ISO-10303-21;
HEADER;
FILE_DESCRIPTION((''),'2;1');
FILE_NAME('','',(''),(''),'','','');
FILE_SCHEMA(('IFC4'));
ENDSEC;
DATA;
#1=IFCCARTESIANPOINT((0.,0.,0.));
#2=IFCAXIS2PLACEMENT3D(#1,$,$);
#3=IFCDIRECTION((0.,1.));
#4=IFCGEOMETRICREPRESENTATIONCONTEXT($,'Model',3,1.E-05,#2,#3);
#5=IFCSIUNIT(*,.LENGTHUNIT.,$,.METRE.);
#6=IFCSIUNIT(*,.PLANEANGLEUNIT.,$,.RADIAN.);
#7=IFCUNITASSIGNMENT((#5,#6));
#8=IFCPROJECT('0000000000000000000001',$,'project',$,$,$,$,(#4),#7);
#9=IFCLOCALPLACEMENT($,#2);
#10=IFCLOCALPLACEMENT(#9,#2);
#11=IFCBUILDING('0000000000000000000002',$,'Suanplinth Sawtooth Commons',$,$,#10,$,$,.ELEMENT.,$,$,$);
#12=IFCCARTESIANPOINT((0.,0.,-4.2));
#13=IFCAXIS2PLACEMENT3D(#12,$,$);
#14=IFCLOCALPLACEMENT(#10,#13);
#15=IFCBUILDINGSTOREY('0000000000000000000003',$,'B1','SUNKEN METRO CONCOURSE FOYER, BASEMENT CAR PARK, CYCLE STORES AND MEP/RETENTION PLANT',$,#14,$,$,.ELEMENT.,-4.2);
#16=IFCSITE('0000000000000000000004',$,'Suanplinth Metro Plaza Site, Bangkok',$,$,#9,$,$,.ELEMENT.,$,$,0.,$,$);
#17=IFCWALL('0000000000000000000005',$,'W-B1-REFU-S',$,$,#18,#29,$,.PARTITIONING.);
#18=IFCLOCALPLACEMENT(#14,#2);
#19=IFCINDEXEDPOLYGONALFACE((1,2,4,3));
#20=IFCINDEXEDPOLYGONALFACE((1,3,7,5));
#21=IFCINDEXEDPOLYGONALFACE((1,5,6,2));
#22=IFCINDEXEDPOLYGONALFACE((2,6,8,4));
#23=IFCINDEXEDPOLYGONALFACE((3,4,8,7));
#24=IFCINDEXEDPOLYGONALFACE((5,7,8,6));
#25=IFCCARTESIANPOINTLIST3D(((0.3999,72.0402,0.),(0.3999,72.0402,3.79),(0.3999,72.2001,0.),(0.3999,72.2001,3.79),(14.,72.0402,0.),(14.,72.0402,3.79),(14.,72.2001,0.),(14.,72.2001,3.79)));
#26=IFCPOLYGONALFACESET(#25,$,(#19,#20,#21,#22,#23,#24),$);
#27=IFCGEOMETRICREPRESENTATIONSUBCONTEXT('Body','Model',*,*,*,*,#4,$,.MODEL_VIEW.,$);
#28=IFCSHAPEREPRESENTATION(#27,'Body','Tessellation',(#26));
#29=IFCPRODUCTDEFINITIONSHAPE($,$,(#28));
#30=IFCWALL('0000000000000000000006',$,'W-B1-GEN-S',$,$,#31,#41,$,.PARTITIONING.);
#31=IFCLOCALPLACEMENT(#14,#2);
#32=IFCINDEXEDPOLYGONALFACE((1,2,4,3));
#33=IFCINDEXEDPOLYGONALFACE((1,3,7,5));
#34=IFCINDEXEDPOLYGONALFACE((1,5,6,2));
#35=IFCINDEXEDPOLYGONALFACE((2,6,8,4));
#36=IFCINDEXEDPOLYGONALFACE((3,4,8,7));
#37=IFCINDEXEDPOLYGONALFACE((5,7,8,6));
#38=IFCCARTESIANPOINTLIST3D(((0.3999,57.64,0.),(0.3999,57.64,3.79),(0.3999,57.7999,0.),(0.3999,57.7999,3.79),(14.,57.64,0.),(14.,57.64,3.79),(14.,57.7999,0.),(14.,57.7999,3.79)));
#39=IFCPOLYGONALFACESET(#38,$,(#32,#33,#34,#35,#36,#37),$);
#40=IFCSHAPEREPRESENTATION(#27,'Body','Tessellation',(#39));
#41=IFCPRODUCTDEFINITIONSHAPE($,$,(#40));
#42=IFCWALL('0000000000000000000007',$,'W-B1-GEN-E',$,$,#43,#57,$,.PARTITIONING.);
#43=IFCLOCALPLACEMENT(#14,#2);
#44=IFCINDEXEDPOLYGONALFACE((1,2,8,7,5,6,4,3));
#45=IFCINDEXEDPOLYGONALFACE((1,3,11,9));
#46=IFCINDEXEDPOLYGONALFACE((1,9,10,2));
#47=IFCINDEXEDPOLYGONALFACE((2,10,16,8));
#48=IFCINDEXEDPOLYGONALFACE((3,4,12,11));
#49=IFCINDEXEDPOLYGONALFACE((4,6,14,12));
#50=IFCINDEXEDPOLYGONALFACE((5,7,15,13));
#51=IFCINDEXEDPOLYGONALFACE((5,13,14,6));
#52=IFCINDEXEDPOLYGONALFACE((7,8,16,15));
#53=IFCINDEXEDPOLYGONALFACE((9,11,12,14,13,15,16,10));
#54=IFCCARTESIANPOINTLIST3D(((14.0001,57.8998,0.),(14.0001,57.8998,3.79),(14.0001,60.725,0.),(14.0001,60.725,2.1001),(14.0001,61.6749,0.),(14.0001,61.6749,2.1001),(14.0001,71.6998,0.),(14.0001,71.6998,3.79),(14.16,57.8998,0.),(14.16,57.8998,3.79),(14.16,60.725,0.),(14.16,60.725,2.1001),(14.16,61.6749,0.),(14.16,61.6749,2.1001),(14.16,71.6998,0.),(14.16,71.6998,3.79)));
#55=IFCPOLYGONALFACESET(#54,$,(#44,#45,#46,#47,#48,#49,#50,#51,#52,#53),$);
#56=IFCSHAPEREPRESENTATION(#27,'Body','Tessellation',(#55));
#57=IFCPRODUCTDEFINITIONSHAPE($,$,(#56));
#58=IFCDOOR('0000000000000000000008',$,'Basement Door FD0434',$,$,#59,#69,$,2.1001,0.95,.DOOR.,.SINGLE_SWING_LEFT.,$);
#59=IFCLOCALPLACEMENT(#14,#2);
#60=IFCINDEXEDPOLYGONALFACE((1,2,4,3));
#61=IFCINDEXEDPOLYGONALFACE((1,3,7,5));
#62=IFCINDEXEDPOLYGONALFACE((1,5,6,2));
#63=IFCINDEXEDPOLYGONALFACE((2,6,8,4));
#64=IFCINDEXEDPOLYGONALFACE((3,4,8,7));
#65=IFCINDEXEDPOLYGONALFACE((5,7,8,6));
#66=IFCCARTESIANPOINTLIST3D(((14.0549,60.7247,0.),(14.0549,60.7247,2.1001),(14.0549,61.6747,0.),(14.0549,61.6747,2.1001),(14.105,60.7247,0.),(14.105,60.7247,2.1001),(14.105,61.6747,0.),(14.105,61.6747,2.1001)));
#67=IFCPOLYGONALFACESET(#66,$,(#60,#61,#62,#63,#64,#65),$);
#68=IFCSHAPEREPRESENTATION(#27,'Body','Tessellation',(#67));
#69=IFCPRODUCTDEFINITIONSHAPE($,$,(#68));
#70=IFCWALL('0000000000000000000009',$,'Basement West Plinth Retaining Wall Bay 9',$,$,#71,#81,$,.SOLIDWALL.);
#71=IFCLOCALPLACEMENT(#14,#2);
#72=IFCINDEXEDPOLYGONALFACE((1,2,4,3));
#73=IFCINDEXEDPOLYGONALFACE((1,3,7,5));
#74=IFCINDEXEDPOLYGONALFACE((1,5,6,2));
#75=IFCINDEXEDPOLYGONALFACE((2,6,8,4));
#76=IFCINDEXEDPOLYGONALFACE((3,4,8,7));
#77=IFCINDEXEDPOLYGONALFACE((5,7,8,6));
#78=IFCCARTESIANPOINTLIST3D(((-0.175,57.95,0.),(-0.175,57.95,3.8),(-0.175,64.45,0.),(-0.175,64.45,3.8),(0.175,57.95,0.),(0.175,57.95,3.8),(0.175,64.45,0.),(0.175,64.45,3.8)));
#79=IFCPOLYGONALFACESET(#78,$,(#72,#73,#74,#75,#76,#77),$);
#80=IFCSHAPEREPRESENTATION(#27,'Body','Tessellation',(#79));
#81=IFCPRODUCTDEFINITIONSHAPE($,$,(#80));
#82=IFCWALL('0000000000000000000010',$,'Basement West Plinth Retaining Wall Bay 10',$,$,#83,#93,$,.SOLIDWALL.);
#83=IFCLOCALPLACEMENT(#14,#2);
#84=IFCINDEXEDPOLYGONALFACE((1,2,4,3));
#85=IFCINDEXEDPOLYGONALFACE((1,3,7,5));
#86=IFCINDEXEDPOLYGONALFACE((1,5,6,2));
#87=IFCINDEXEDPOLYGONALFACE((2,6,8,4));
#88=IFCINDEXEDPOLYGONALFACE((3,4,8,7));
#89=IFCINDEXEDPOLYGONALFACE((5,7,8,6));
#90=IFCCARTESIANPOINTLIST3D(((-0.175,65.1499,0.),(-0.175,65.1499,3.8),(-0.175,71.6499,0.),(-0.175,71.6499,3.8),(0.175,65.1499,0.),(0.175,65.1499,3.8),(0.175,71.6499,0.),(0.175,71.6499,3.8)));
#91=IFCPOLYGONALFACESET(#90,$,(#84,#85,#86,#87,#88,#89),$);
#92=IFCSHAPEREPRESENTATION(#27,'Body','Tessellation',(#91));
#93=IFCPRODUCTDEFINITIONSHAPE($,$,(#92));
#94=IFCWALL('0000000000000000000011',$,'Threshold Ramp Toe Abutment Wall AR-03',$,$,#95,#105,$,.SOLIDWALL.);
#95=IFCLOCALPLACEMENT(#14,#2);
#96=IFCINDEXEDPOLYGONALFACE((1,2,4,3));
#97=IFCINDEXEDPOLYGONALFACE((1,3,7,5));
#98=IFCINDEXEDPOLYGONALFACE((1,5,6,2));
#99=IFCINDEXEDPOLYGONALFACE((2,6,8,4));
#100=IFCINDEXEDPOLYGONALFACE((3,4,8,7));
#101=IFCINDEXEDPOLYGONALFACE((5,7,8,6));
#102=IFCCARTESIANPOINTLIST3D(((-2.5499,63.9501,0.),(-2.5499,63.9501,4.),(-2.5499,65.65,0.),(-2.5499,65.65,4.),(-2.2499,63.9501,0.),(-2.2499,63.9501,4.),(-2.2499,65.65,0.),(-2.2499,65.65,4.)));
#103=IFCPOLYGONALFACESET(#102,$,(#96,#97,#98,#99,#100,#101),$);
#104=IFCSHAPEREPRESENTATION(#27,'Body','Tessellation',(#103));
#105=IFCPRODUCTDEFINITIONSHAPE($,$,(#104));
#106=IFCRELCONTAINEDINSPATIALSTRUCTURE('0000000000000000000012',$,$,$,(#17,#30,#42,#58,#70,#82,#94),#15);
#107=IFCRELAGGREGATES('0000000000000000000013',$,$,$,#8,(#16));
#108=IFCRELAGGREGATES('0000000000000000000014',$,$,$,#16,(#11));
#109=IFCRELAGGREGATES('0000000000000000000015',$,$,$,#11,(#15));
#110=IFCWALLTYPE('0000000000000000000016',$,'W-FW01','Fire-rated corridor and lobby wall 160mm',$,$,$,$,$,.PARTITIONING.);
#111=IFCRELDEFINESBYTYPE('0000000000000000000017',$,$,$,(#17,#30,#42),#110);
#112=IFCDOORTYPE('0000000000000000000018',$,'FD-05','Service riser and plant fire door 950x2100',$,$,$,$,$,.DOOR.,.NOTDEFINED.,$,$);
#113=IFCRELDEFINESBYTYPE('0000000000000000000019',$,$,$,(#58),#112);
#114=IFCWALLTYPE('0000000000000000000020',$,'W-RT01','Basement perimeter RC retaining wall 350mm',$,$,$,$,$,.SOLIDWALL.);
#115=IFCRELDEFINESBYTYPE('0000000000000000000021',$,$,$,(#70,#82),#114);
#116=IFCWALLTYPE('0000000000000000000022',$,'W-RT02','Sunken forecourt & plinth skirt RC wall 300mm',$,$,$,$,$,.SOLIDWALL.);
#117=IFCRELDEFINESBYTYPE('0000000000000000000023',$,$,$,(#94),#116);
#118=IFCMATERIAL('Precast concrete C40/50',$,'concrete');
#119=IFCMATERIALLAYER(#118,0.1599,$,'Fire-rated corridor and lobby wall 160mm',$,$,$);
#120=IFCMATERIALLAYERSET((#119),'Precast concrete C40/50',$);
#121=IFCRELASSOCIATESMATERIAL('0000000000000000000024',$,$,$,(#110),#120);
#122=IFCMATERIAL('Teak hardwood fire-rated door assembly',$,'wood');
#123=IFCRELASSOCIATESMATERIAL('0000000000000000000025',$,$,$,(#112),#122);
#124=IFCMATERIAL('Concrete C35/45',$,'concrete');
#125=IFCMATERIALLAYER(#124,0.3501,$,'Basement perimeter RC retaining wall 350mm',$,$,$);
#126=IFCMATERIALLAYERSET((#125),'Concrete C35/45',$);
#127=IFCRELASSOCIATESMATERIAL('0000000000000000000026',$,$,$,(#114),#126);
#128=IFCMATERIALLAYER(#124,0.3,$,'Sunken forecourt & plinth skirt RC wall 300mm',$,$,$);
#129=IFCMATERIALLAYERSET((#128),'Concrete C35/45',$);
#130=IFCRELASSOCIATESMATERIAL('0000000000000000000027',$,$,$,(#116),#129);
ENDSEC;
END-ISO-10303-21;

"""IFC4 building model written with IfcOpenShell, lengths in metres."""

from ifc_helpers import new_model, si_unit, direction, frame, frame_2d, origin, place, context, subcontext, project, spatial, rectangle, extrude, material, layer, layer_set, type_object, element, fill, save


model = new_model("IFC4")

# Units and contexts
model_context = context("Model", 3, precision=1e-05, world=origin(), true_north=direction((0.0, 1.0)))
body_context = subcontext(model_context, "Body", "Model", "MODEL_VIEW")
ifc_project = project(units=[si_unit("LENGTHUNIT", "METRE"), si_unit("PLANEANGLEUNIT", "RADIAN")], contexts=[model_context])

# Site, building, storey
site_placement = place(None, origin())
site = spatial("IfcSite", under=ifc_project, at=site_placement, Name="Suanplinth Metro Plaza Site, Bangkok", CompositionType="ELEMENT", RefElevation=0.0)
building_placement = place(site_placement, origin())
building = spatial("IfcBuilding", under=site, at=building_placement, Name="Suanplinth Sawtooth Commons", CompositionType="ELEMENT")
storey_placement = place(building_placement, frame((0.0, 0.0, -4.2)))
storey = spatial("IfcBuildingStorey", under=building, at=storey_placement, Name="B1", Description="SUNKEN METRO CONCOURSE FOYER, BASEMENT CAR PARK, CYCLE STORES AND MEP/RETENTION PLANT", CompositionType="ELEMENT", Elevation=-4.2)

# Shared definitions
ifc_material_1 = material(Name="Concrete C35/45", Category="concrete")

# Walls
ifc_material_2 = material(Name="Precast concrete C40/50", Category="concrete")
ifc_layer_1 = layer(ifc_material_2, 0.1599, Name="Fire-rated corridor and lobby wall 160mm")
ifc_layer_set_1 = layer_set([ifc_layer_1], Name="Precast concrete C40/50")
wall_type_1 = type_object("IfcWallType", Name="W-FW01", Description="Fire-rated corridor and lobby wall 160mm", PredefinedType="PARTITIONING", material=ifc_layer_set_1)
for number, where, z_axis, x_axis, name in (
    (1, (0.3999, 72.1201, 0.0), (0.0, 0.0, 1.0), (1.0, 0.0, 0.0), "W-B1-REFU-S"),
    (2, (0.3999, 57.72, 0.0), (0.0, 0.0, 1.0), (1.0, 0.0, 0.0), "W-B1-GEN-S"),
):
    element("IfcWall", number, at=place(storey_placement, frame(where, z_axis=z_axis, x_axis=x_axis)), inside=storey, type_object=wall_type_1, Name=name, PredefinedType="PARTITIONING", context=body_context, shape_type="SweptSolid", body=[
        extrude(rectangle(XDim=13.6001, YDim=0.1599, at=frame_2d((6.8, 0.0))), origin(), (0.0, 0.0, 1.0), 3.79),
    ])

# Wall, opening, door
wall_1_placement = place(storey_placement, frame((14.0801, 57.8999, 0.0), z_axis=(0.0, 0.0, 1.0), x_axis=(0.0, 1.0, 0.0)))
wall_1 = element("IfcWall", 3, at=wall_1_placement, inside=storey, type_object=wall_type_1, Name="W-B1-GEN-E", PredefinedType="PARTITIONING", context=body_context, shape_type="SweptSolid", body=[
    extrude(rectangle(XDim=13.8, YDim=0.1599, at=frame_2d((6.8999, 0.0))), origin(), (0.0, 0.0, 1.0), 3.79),
])
opening_placement = place(wall_1_placement, frame((2.825, 0.0, 0.0)))
opening = element("IfcOpeningElement", 4, at=opening_placement, cuts=wall_1, PredefinedType="OPENING", context=body_context, shape_type="SweptSolid", body=[
    extrude(rectangle(XDim=0.95, YDim=2.1001, at=frame_2d((0.4751, 1.05))), frame((0.0, 0.0947, 0.0), z_axis=(0.0, -1.0, 0.0), x_axis=(1.0, 0.0, 0.0)), (0.0, 0.0, 1.0), 0.1897),
])
ifc_material_3 = material(Name="Teak hardwood fire-rated door assembly", Category="wood")
door_type = type_object("IfcDoorType", Name="FD-05", Description="Service riser and plant fire door 950x2100", OperationType="NOTDEFINED", PredefinedType="DOOR", material=ifc_material_3)
door_placement = place(opening_placement, frame((0.95, 0.0, 0.0), z_axis=(0.0, 0.0, 1.0), x_axis=(-1.0, 0.0, 0.0)))
door = element("IfcDoor", 5, at=door_placement, inside=storey, type_object=door_type, Name="Basement Door FD0434", OperationType="SINGLE_SWING_LEFT", OverallHeight=2.1001, OverallWidth=0.95, PredefinedType="DOOR", context=body_context, shape_type="SweptSolid", body=[
    extrude(rectangle(XDim=0.95, YDim=2.1001, at=frame_2d((0.4751, 1.05))), frame((0.0, 0.0249, 0.0), z_axis=(0.0, -1.0, 0.0), x_axis=(1.0, 0.0, 0.0)), (0.0, 0.0, 1.0), 0.05),
])
fill(opening, door)

# Walls
ifc_layer_2 = layer(ifc_material_1, 0.3501, Name="Basement perimeter RC retaining wall 350mm")
ifc_layer_set_2 = layer_set([ifc_layer_2], Name="Concrete C35/45")
wall_type_2 = type_object("IfcWallType", Name="W-RT01", Description="Basement perimeter RC retaining wall 350mm", PredefinedType="SOLIDWALL", material=ifc_layer_set_2)
for number, where, z_axis, x_axis, name in (
    (6, (0.0, 57.95, 0.0), (0.0, 0.0, 1.0), (0.0, 1.0, 0.0), "Basement West Plinth Retaining Wall Bay 9"),
    (7, (0.0, 65.1499, 0.0), (0.0, 0.0, 1.0), (0.0, 1.0, 0.0), "Basement West Plinth Retaining Wall Bay 10"),
):
    element("IfcWall", number, at=place(storey_placement, frame(where, z_axis=z_axis, x_axis=x_axis)), inside=storey, type_object=wall_type_2, Name=name, PredefinedType="SOLIDWALL", context=body_context, shape_type="SweptSolid", body=[
        extrude(rectangle(XDim=6.5, YDim=0.3501, at=frame_2d((3.25, 0.0))), origin(), (0.0, 0.0, 1.0), 3.8),
    ])
ifc_layer_3 = layer(ifc_material_1, 0.3, Name="Sunken forecourt & plinth skirt RC wall 300mm")
ifc_layer_set_3 = layer_set([ifc_layer_3], Name="Concrete C35/45")
wall_type_3 = type_object("IfcWallType", Name="W-RT02", Description="Sunken forecourt & plinth skirt RC wall 300mm", PredefinedType="SOLIDWALL", material=ifc_layer_set_3)
wall_2_placement = place(storey_placement, frame((-2.3999, 63.95, 0.0), z_axis=(0.0, 0.0, 1.0), x_axis=(0.0, 1.0, 0.0)))
element("IfcWall", 8, at=wall_2_placement, inside=storey, type_object=wall_type_3, Name="Threshold Ramp Toe Abutment Wall AR-03", PredefinedType="SOLIDWALL", context=body_context, shape_type="SweptSolid", body=[
    extrude(rectangle(XDim=1.7, YDim=0.3, at=frame_2d((0.8501, 0.0))), origin(), (0.0, 0.0, 1.0), 4.0),
])

save(model, "model.ifc")
